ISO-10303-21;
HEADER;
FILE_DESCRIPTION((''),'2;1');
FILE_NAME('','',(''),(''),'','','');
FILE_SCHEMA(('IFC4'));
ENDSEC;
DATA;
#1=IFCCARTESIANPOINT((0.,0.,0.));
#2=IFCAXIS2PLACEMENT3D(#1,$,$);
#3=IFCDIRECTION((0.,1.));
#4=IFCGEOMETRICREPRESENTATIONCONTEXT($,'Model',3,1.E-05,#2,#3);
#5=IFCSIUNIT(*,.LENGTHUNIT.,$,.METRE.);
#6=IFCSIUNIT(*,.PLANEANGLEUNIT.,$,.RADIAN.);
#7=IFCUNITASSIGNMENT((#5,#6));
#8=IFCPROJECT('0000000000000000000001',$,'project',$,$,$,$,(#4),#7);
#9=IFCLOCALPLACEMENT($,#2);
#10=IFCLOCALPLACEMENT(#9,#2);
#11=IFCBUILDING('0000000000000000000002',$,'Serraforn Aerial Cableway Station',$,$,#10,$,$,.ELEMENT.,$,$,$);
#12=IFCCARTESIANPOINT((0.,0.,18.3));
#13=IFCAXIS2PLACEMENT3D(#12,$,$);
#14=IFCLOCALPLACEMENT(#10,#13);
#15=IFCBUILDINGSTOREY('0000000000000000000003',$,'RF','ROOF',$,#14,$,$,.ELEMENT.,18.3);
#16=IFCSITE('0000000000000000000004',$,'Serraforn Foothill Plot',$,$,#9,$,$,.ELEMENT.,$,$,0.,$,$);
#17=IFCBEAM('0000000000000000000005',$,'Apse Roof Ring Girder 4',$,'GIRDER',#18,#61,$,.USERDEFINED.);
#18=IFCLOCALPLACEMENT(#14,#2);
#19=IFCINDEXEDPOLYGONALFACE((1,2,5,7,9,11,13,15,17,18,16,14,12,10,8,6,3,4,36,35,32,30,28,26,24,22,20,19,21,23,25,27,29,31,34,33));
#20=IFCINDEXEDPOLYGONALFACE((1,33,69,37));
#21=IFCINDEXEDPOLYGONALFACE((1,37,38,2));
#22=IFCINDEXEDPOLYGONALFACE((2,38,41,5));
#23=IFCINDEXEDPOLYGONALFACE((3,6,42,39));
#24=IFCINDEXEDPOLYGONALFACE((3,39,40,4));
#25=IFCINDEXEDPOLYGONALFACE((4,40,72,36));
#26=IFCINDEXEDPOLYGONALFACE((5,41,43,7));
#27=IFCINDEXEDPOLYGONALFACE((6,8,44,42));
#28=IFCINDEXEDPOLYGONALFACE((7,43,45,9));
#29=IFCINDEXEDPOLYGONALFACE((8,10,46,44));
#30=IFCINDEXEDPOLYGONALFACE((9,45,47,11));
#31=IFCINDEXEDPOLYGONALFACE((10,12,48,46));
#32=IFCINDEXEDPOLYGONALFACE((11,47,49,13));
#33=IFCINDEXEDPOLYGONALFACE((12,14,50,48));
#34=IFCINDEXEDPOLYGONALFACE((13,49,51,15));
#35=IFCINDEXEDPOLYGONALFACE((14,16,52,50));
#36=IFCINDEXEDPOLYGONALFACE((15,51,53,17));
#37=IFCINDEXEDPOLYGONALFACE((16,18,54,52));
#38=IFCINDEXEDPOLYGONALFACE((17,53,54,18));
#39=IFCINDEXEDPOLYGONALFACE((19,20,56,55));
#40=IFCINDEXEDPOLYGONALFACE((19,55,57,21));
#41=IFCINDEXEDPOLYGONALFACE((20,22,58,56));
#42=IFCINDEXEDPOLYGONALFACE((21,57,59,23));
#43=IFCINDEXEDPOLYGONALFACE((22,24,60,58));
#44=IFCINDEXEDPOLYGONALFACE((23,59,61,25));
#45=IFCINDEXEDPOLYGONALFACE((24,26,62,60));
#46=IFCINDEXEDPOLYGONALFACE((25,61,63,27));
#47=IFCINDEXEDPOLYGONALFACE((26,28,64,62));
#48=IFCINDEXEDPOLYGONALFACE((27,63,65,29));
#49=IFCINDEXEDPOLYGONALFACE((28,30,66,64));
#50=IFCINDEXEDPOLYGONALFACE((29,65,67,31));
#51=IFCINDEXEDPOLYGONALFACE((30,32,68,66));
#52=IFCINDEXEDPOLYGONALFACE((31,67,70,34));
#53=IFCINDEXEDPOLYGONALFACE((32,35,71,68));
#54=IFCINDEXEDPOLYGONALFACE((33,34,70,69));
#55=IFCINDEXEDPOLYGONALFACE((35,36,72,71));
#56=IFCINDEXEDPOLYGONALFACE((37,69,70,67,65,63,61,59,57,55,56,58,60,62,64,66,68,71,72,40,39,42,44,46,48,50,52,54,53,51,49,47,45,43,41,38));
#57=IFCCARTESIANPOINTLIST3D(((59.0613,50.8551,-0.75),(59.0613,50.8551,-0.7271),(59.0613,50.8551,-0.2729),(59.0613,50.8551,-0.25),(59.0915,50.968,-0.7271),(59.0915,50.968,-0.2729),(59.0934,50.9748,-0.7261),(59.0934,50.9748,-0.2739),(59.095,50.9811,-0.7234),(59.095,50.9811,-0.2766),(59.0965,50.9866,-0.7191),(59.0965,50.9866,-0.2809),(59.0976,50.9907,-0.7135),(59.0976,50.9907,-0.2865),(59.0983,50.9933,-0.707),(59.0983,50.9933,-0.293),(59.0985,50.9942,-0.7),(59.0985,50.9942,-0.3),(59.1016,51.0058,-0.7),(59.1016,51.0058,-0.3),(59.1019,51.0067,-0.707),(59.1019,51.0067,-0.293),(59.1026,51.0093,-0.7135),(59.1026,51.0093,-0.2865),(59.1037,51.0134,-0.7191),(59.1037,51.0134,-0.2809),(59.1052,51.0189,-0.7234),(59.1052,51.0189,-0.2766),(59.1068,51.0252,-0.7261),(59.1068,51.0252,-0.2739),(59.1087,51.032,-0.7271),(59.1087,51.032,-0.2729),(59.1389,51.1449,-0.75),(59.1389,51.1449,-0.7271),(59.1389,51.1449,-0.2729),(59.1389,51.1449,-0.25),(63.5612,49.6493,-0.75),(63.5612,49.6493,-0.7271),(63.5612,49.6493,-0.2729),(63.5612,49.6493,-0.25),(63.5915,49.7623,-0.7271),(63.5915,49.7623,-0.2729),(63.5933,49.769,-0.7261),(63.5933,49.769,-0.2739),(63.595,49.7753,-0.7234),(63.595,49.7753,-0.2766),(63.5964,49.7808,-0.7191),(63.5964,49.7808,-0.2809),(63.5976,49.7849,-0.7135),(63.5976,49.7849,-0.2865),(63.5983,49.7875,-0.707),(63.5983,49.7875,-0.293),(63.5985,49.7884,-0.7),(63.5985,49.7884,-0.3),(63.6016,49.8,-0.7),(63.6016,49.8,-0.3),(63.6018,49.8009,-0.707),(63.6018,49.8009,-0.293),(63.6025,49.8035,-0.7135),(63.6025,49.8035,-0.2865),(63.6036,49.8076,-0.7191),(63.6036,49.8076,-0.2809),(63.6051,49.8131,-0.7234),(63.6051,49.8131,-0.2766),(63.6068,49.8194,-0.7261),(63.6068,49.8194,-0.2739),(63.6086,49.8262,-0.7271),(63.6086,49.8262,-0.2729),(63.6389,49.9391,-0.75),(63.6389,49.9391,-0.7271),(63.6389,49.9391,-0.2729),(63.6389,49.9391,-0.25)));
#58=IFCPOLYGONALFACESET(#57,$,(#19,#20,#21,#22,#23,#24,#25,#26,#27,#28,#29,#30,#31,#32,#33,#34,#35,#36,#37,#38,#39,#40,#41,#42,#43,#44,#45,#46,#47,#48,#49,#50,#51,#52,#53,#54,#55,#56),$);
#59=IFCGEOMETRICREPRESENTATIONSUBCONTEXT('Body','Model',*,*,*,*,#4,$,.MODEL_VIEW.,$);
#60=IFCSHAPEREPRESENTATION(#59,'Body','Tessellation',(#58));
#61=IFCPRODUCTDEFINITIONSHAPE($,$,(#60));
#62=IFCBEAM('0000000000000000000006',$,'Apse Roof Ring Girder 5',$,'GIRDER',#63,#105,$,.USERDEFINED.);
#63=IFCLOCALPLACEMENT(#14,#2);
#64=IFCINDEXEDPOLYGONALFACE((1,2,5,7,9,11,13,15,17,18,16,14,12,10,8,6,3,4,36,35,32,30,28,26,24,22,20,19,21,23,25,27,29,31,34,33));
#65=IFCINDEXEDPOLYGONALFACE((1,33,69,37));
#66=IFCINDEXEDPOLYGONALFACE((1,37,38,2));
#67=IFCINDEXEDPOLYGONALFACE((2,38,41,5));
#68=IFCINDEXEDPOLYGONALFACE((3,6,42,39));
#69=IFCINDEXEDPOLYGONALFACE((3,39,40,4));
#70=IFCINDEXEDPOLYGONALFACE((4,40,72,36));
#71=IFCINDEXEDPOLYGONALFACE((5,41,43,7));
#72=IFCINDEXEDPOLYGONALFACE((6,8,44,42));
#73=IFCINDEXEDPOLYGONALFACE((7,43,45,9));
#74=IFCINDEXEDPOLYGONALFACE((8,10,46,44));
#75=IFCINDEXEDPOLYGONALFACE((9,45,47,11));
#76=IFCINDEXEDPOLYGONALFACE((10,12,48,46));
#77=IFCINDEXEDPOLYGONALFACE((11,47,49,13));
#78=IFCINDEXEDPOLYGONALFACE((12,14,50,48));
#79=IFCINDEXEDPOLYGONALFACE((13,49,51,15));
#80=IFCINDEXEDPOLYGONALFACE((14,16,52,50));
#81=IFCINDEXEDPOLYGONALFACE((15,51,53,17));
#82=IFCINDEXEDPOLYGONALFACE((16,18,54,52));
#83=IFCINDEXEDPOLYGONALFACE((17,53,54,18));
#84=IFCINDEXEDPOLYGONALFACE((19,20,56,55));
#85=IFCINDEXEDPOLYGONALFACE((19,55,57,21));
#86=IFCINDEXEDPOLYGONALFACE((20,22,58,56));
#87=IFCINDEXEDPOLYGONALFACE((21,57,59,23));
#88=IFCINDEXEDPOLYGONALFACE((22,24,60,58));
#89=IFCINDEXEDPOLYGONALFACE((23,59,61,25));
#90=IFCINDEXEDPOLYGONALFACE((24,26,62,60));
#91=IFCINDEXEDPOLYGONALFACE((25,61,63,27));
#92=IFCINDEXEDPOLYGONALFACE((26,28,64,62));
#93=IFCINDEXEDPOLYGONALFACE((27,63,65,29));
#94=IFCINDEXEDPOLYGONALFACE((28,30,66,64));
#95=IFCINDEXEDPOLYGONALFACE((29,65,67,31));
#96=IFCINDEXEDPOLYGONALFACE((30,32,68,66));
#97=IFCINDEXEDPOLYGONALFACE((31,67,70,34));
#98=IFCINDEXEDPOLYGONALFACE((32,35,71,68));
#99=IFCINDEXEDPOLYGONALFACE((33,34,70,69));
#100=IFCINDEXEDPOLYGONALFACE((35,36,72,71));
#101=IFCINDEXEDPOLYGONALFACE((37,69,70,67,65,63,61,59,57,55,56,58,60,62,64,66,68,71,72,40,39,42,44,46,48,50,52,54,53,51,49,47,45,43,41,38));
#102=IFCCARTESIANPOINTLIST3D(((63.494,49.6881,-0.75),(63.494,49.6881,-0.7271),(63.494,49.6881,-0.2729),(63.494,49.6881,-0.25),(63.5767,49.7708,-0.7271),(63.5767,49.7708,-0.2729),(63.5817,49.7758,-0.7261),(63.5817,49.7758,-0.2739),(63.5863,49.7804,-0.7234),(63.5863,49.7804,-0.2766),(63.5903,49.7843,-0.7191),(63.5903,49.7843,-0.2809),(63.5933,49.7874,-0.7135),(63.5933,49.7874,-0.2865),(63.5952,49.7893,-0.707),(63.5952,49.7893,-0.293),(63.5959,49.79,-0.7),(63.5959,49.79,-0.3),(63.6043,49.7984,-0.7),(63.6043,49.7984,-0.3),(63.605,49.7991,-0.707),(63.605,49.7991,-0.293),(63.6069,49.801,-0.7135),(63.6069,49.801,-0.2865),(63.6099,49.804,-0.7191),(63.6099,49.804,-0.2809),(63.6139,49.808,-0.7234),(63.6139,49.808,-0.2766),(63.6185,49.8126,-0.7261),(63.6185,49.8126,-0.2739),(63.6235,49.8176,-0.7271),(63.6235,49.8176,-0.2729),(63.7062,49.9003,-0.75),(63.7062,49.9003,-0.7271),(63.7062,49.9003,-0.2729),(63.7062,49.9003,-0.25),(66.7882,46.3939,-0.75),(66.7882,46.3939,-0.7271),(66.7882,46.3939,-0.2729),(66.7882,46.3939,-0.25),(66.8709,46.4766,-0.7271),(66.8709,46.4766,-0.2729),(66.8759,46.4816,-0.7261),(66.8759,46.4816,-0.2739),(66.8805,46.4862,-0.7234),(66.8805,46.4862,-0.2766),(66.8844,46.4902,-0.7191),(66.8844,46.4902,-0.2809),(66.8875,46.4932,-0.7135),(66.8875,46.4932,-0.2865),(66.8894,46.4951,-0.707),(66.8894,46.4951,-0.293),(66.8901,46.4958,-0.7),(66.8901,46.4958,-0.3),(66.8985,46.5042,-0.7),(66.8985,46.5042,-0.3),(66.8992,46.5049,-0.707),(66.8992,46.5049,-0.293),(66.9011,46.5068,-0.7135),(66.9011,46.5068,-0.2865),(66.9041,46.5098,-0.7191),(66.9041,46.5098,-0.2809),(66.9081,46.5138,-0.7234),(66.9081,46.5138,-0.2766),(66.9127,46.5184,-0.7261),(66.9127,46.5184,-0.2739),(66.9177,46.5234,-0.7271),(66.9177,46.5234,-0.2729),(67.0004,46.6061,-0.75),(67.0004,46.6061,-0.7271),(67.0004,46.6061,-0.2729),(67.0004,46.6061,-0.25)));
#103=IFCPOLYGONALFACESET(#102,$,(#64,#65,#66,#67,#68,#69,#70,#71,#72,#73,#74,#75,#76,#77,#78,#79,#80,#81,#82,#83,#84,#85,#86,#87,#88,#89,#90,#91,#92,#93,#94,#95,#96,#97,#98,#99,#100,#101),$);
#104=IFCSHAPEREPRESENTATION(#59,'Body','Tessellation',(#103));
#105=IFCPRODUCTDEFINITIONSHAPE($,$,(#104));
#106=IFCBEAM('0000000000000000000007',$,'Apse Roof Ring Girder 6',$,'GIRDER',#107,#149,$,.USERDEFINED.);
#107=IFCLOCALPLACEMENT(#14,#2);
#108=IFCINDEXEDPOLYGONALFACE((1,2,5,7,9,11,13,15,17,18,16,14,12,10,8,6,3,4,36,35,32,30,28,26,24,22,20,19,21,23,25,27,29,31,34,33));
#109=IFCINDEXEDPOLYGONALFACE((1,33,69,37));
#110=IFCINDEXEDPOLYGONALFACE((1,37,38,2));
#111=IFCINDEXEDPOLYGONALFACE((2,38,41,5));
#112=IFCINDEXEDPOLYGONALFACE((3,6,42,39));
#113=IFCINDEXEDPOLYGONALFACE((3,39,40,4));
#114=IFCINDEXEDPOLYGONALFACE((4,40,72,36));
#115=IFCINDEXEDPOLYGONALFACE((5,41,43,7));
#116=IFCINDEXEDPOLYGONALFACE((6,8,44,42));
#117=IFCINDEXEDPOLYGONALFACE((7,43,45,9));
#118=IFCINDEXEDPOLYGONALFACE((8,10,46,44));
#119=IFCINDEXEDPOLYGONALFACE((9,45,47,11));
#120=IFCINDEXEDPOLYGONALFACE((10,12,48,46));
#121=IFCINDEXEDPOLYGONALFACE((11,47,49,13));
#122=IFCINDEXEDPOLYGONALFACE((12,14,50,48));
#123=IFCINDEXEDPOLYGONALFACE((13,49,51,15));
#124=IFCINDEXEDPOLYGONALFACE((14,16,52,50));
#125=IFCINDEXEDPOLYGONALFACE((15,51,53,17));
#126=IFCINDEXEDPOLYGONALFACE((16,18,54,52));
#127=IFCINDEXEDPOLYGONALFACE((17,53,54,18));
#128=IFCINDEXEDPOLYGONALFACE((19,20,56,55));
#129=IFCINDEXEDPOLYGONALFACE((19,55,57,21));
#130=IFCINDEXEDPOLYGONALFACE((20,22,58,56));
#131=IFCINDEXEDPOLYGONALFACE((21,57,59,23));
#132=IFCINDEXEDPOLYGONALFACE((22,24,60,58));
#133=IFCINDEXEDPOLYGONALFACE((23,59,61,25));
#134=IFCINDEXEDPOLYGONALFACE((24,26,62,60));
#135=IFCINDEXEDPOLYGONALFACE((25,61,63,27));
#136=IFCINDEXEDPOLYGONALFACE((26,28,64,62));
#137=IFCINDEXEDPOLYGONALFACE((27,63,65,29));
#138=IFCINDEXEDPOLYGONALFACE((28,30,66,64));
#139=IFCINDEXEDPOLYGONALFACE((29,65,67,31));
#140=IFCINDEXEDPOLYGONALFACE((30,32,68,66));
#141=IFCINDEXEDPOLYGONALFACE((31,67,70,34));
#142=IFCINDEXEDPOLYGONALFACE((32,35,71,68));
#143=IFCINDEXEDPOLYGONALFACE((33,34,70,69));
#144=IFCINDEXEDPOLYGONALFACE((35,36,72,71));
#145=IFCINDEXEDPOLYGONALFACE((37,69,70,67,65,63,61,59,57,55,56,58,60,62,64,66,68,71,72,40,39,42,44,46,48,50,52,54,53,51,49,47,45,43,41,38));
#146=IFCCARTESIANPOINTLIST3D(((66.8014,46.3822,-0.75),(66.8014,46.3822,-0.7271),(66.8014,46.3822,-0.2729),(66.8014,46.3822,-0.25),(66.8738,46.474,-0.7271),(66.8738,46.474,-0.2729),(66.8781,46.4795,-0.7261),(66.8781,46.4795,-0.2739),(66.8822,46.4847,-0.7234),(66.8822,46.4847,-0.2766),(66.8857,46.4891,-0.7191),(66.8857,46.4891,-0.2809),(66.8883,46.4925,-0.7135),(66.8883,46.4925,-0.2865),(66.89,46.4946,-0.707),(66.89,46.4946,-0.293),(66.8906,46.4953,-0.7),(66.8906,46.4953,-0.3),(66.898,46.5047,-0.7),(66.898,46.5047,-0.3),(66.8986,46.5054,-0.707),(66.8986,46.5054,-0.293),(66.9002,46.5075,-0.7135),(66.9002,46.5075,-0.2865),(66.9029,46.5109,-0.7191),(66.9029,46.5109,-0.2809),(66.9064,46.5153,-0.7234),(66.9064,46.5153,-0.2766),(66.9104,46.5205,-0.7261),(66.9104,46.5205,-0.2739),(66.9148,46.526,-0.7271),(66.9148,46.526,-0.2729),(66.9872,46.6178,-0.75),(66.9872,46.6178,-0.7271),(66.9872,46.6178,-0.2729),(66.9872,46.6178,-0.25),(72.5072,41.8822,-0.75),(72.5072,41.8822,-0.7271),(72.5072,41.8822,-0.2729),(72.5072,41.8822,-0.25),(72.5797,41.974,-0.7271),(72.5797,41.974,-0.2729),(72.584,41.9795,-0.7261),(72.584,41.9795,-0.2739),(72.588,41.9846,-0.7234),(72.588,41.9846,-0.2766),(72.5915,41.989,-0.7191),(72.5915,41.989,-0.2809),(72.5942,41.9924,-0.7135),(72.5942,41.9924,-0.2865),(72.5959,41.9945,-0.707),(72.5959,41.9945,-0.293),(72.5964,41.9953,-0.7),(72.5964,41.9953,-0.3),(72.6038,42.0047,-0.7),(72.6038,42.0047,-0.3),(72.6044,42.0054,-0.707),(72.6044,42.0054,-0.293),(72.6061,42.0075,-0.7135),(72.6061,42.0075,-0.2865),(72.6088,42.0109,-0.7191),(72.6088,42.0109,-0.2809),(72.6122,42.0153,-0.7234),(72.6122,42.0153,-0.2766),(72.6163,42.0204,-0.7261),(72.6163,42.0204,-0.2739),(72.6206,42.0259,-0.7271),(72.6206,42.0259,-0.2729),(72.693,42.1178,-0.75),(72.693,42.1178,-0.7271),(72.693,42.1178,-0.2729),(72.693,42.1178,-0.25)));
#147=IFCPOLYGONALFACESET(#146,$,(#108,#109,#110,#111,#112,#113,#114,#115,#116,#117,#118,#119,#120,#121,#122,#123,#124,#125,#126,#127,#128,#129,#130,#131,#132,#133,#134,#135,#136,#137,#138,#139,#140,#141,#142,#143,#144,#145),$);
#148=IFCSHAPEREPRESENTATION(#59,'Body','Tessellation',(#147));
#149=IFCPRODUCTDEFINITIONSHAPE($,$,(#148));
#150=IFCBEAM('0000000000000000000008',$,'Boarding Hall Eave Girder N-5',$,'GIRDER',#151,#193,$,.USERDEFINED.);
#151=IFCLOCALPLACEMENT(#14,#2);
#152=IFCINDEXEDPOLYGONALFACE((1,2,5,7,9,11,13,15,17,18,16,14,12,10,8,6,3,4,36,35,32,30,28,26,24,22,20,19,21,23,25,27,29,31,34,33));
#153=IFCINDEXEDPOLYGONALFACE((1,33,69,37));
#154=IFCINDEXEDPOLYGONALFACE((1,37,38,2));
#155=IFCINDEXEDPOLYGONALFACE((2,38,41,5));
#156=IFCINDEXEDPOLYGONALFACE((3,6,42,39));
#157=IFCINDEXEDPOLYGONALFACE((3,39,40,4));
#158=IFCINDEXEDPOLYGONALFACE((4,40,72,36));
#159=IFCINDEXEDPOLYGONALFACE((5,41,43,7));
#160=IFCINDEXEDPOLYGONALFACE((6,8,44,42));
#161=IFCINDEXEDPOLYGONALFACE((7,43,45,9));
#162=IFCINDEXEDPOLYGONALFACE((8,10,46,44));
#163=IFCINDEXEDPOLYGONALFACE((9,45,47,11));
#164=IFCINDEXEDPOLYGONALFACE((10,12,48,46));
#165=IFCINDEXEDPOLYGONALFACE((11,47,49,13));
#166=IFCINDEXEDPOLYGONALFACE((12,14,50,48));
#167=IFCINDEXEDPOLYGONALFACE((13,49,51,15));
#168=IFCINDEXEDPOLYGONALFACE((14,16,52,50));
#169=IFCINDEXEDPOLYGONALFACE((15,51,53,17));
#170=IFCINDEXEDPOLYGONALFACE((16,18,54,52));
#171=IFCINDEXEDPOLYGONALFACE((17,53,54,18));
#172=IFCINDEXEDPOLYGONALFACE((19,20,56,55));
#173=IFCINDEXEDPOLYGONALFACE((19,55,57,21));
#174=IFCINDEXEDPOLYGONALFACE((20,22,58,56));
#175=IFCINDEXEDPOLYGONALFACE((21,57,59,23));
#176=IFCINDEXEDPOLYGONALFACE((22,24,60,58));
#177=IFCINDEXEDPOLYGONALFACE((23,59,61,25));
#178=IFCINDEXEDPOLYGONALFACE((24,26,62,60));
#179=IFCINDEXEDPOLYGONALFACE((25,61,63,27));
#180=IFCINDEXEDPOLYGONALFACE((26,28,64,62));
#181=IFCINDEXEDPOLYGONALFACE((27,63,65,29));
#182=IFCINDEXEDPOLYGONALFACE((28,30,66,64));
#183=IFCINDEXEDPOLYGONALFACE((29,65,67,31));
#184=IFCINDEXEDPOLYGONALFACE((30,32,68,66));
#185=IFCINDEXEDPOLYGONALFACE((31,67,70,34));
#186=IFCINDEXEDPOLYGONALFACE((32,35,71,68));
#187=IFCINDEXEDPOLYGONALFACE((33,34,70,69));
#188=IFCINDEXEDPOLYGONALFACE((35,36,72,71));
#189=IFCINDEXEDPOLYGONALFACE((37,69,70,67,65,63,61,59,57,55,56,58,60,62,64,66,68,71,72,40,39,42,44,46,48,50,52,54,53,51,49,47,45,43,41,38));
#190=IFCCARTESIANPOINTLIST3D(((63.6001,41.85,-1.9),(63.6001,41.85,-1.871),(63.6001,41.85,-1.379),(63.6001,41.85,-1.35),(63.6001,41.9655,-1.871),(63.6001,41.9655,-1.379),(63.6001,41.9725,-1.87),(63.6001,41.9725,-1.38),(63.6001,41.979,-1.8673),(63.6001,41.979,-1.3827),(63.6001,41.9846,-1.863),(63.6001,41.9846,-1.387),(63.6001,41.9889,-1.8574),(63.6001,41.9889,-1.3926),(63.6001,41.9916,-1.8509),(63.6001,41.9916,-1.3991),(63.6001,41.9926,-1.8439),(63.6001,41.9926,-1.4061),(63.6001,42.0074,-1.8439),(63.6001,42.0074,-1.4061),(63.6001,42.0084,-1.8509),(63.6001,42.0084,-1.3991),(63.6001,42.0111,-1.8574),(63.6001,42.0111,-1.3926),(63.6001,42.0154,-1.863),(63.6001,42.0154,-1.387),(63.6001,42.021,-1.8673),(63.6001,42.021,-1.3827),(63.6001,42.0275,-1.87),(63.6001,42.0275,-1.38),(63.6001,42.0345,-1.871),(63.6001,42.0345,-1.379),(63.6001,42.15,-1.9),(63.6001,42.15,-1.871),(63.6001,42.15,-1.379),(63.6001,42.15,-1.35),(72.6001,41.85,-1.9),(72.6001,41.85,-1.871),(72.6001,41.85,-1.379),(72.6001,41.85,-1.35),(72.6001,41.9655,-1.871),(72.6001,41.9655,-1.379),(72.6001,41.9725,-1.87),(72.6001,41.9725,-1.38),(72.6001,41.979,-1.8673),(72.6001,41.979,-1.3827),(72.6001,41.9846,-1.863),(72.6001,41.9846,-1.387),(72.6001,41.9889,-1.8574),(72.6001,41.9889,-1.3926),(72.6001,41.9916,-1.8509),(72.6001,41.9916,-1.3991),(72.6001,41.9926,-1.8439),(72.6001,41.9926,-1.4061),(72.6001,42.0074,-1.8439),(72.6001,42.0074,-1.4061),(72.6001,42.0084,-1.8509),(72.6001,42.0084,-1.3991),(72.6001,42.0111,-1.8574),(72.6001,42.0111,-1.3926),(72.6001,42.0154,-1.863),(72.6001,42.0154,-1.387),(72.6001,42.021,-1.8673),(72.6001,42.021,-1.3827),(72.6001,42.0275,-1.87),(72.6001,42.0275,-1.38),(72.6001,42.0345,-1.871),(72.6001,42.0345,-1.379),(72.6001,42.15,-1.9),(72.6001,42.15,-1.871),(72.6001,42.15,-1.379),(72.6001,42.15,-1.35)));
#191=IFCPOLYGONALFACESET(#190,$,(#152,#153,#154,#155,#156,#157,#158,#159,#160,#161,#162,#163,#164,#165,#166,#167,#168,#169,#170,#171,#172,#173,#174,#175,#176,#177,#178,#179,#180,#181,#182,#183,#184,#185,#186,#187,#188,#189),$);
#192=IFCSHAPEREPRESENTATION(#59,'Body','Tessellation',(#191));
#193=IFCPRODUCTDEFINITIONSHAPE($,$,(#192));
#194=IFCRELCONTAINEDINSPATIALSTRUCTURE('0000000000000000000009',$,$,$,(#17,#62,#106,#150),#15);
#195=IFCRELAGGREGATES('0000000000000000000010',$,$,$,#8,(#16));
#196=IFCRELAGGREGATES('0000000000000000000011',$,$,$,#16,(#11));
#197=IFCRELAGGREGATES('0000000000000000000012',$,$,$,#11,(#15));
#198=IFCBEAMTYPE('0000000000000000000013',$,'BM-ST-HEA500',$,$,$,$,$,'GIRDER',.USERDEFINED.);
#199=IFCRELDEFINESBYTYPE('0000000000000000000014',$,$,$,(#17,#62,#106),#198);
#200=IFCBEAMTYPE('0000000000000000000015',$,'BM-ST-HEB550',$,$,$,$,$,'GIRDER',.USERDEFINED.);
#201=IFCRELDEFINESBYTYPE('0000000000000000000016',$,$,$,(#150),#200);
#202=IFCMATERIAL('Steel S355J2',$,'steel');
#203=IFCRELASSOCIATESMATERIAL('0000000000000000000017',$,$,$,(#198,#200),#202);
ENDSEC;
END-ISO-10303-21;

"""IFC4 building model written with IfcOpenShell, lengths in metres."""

from ifc_helpers import new_model, si_unit, direction, frame, origin, origin_2d, place, context, subcontext, project, spatial, i_section, extrude, material, material_profile, profile_set, type_object, element, save


model = new_model("IFC4")

# Units and contexts
model_context = context("Model", 3, precision=1e-05, world=origin(), true_north=direction((0.0, 1.0)))
body_context = subcontext(model_context, "Body", "Model", "MODEL_VIEW")
ifc_project = project(units=[si_unit("LENGTHUNIT", "METRE"), si_unit("PLANEANGLEUNIT", "RADIAN")], contexts=[model_context])

# Site, building, storey
site_placement = place(None, origin())
site = spatial("IfcSite", under=ifc_project, at=site_placement, Name="Serraforn Foothill Plot", CompositionType="ELEMENT", RefElevation=0.0)
building_placement = place(site_placement, origin())
building = spatial("IfcBuilding", under=site, at=building_placement, Name="Serraforn Aerial Cableway Station", CompositionType="ELEMENT")
storey_placement = place(building_placement, frame((0.0, 0.0, 18.3)))
storey = spatial("IfcBuildingStorey", under=building, at=storey_placement, Name="RF", Description="ROOF", CompositionType="ELEMENT", Elevation=18.3)

# Beams
ifc_material_1 = material(Name="Steel S355J2", Category="steel")
ifc_material_profile_1 = material_profile(ifc_material_1, i_section(OverallWidth=0.3, OverallDepth=0.5, WebThickness=0.012, FlangeThickness=0.0229, FilletRadius=0.0271, at=origin_2d()), Name="HEA 500")
ifc_profile_set_1 = profile_set([ifc_material_profile_1], Name="Steel S355J2")
beam_type_1 = type_object("IfcBeamType", Name="BM-ST-HEA500", ElementType="GIRDER", PredefinedType="USERDEFINED", material=ifc_profile_set_1)
for number, where, z_axis, x_axis, name in (
    (1, (59.1001, 51.0, -0.5), (0.965924, -0.258827, 0.0), (0.258827, 0.965924, 0.0), "Apse Roof Ring Girder 4"),
    (2, (63.6001, 49.7942, -0.5), (0.707107, -0.707107, 0.0), (0.707107, 0.707107, 0.0), "Apse Roof Ring Girder 5"),
):
    element("IfcBeam", number, at=place(storey_placement, frame(where, z_axis=z_axis, x_axis=x_axis)), inside=storey, type_object=beam_type_1, Name=name, ObjectType="GIRDER", PredefinedType="USERDEFINED", context=body_context, shape_type="SweptSolid", body=[
        extrude(i_section(OverallWidth=0.3, OverallDepth=0.5, WebThickness=0.012, FlangeThickness=0.0229, FilletRadius=0.0271, at=origin_2d()), origin(), (0.0, 0.0, 1.0), 4.6587),
    ])
beam_1_placement = place(storey_placement, frame((66.8943, 46.5, -0.5), z_axis=(0.78519, -0.619255, 0.0), x_axis=(0.619255, 0.78519, 0.0)))
element("IfcBeam", 3, at=beam_1_placement, inside=storey, type_object=beam_type_1, Name="Apse Roof Ring Girder 6", ObjectType="GIRDER", PredefinedType="USERDEFINED", context=body_context, shape_type="SweptSolid", body=[
    extrude(i_section(OverallWidth=0.3, OverallDepth=0.5, WebThickness=0.012, FlangeThickness=0.0229, FilletRadius=0.0271, at=origin_2d()), origin(), (0.0, 0.0, 1.0), 7.2668),
])
ifc_material_profile_2 = material_profile(ifc_material_1, i_section(OverallWidth=0.3, OverallDepth=0.55, WebThickness=0.0149, FlangeThickness=0.0291, FilletRadius=0.0271, at=origin_2d()), Name="HEB 550")
ifc_profile_set_2 = profile_set([ifc_material_profile_2], Name="Steel S355J2")
beam_type_2 = type_object("IfcBeamType", Name="BM-ST-HEB550", ElementType="GIRDER", PredefinedType="USERDEFINED", material=ifc_profile_set_2)
beam_2_placement = place(storey_placement, frame((63.6001, 42.0, -1.625), z_axis=(1.0, 0.0, 0.0), x_axis=(0.0, 1.0, 0.0)))
element("IfcBeam", 4, at=beam_2_placement, inside=storey, type_object=beam_type_2, Name="Boarding Hall Eave Girder N-5", ObjectType="GIRDER", PredefinedType="USERDEFINED", context=body_context, shape_type="SweptSolid", body=[
    extrude(i_section(OverallWidth=0.3, OverallDepth=0.55, WebThickness=0.0149, FlangeThickness=0.0291, FilletRadius=0.0271, at=origin_2d()), origin(), (0.0, 0.0, 1.0), 9.0),
])

save(model, "model.ifc")
